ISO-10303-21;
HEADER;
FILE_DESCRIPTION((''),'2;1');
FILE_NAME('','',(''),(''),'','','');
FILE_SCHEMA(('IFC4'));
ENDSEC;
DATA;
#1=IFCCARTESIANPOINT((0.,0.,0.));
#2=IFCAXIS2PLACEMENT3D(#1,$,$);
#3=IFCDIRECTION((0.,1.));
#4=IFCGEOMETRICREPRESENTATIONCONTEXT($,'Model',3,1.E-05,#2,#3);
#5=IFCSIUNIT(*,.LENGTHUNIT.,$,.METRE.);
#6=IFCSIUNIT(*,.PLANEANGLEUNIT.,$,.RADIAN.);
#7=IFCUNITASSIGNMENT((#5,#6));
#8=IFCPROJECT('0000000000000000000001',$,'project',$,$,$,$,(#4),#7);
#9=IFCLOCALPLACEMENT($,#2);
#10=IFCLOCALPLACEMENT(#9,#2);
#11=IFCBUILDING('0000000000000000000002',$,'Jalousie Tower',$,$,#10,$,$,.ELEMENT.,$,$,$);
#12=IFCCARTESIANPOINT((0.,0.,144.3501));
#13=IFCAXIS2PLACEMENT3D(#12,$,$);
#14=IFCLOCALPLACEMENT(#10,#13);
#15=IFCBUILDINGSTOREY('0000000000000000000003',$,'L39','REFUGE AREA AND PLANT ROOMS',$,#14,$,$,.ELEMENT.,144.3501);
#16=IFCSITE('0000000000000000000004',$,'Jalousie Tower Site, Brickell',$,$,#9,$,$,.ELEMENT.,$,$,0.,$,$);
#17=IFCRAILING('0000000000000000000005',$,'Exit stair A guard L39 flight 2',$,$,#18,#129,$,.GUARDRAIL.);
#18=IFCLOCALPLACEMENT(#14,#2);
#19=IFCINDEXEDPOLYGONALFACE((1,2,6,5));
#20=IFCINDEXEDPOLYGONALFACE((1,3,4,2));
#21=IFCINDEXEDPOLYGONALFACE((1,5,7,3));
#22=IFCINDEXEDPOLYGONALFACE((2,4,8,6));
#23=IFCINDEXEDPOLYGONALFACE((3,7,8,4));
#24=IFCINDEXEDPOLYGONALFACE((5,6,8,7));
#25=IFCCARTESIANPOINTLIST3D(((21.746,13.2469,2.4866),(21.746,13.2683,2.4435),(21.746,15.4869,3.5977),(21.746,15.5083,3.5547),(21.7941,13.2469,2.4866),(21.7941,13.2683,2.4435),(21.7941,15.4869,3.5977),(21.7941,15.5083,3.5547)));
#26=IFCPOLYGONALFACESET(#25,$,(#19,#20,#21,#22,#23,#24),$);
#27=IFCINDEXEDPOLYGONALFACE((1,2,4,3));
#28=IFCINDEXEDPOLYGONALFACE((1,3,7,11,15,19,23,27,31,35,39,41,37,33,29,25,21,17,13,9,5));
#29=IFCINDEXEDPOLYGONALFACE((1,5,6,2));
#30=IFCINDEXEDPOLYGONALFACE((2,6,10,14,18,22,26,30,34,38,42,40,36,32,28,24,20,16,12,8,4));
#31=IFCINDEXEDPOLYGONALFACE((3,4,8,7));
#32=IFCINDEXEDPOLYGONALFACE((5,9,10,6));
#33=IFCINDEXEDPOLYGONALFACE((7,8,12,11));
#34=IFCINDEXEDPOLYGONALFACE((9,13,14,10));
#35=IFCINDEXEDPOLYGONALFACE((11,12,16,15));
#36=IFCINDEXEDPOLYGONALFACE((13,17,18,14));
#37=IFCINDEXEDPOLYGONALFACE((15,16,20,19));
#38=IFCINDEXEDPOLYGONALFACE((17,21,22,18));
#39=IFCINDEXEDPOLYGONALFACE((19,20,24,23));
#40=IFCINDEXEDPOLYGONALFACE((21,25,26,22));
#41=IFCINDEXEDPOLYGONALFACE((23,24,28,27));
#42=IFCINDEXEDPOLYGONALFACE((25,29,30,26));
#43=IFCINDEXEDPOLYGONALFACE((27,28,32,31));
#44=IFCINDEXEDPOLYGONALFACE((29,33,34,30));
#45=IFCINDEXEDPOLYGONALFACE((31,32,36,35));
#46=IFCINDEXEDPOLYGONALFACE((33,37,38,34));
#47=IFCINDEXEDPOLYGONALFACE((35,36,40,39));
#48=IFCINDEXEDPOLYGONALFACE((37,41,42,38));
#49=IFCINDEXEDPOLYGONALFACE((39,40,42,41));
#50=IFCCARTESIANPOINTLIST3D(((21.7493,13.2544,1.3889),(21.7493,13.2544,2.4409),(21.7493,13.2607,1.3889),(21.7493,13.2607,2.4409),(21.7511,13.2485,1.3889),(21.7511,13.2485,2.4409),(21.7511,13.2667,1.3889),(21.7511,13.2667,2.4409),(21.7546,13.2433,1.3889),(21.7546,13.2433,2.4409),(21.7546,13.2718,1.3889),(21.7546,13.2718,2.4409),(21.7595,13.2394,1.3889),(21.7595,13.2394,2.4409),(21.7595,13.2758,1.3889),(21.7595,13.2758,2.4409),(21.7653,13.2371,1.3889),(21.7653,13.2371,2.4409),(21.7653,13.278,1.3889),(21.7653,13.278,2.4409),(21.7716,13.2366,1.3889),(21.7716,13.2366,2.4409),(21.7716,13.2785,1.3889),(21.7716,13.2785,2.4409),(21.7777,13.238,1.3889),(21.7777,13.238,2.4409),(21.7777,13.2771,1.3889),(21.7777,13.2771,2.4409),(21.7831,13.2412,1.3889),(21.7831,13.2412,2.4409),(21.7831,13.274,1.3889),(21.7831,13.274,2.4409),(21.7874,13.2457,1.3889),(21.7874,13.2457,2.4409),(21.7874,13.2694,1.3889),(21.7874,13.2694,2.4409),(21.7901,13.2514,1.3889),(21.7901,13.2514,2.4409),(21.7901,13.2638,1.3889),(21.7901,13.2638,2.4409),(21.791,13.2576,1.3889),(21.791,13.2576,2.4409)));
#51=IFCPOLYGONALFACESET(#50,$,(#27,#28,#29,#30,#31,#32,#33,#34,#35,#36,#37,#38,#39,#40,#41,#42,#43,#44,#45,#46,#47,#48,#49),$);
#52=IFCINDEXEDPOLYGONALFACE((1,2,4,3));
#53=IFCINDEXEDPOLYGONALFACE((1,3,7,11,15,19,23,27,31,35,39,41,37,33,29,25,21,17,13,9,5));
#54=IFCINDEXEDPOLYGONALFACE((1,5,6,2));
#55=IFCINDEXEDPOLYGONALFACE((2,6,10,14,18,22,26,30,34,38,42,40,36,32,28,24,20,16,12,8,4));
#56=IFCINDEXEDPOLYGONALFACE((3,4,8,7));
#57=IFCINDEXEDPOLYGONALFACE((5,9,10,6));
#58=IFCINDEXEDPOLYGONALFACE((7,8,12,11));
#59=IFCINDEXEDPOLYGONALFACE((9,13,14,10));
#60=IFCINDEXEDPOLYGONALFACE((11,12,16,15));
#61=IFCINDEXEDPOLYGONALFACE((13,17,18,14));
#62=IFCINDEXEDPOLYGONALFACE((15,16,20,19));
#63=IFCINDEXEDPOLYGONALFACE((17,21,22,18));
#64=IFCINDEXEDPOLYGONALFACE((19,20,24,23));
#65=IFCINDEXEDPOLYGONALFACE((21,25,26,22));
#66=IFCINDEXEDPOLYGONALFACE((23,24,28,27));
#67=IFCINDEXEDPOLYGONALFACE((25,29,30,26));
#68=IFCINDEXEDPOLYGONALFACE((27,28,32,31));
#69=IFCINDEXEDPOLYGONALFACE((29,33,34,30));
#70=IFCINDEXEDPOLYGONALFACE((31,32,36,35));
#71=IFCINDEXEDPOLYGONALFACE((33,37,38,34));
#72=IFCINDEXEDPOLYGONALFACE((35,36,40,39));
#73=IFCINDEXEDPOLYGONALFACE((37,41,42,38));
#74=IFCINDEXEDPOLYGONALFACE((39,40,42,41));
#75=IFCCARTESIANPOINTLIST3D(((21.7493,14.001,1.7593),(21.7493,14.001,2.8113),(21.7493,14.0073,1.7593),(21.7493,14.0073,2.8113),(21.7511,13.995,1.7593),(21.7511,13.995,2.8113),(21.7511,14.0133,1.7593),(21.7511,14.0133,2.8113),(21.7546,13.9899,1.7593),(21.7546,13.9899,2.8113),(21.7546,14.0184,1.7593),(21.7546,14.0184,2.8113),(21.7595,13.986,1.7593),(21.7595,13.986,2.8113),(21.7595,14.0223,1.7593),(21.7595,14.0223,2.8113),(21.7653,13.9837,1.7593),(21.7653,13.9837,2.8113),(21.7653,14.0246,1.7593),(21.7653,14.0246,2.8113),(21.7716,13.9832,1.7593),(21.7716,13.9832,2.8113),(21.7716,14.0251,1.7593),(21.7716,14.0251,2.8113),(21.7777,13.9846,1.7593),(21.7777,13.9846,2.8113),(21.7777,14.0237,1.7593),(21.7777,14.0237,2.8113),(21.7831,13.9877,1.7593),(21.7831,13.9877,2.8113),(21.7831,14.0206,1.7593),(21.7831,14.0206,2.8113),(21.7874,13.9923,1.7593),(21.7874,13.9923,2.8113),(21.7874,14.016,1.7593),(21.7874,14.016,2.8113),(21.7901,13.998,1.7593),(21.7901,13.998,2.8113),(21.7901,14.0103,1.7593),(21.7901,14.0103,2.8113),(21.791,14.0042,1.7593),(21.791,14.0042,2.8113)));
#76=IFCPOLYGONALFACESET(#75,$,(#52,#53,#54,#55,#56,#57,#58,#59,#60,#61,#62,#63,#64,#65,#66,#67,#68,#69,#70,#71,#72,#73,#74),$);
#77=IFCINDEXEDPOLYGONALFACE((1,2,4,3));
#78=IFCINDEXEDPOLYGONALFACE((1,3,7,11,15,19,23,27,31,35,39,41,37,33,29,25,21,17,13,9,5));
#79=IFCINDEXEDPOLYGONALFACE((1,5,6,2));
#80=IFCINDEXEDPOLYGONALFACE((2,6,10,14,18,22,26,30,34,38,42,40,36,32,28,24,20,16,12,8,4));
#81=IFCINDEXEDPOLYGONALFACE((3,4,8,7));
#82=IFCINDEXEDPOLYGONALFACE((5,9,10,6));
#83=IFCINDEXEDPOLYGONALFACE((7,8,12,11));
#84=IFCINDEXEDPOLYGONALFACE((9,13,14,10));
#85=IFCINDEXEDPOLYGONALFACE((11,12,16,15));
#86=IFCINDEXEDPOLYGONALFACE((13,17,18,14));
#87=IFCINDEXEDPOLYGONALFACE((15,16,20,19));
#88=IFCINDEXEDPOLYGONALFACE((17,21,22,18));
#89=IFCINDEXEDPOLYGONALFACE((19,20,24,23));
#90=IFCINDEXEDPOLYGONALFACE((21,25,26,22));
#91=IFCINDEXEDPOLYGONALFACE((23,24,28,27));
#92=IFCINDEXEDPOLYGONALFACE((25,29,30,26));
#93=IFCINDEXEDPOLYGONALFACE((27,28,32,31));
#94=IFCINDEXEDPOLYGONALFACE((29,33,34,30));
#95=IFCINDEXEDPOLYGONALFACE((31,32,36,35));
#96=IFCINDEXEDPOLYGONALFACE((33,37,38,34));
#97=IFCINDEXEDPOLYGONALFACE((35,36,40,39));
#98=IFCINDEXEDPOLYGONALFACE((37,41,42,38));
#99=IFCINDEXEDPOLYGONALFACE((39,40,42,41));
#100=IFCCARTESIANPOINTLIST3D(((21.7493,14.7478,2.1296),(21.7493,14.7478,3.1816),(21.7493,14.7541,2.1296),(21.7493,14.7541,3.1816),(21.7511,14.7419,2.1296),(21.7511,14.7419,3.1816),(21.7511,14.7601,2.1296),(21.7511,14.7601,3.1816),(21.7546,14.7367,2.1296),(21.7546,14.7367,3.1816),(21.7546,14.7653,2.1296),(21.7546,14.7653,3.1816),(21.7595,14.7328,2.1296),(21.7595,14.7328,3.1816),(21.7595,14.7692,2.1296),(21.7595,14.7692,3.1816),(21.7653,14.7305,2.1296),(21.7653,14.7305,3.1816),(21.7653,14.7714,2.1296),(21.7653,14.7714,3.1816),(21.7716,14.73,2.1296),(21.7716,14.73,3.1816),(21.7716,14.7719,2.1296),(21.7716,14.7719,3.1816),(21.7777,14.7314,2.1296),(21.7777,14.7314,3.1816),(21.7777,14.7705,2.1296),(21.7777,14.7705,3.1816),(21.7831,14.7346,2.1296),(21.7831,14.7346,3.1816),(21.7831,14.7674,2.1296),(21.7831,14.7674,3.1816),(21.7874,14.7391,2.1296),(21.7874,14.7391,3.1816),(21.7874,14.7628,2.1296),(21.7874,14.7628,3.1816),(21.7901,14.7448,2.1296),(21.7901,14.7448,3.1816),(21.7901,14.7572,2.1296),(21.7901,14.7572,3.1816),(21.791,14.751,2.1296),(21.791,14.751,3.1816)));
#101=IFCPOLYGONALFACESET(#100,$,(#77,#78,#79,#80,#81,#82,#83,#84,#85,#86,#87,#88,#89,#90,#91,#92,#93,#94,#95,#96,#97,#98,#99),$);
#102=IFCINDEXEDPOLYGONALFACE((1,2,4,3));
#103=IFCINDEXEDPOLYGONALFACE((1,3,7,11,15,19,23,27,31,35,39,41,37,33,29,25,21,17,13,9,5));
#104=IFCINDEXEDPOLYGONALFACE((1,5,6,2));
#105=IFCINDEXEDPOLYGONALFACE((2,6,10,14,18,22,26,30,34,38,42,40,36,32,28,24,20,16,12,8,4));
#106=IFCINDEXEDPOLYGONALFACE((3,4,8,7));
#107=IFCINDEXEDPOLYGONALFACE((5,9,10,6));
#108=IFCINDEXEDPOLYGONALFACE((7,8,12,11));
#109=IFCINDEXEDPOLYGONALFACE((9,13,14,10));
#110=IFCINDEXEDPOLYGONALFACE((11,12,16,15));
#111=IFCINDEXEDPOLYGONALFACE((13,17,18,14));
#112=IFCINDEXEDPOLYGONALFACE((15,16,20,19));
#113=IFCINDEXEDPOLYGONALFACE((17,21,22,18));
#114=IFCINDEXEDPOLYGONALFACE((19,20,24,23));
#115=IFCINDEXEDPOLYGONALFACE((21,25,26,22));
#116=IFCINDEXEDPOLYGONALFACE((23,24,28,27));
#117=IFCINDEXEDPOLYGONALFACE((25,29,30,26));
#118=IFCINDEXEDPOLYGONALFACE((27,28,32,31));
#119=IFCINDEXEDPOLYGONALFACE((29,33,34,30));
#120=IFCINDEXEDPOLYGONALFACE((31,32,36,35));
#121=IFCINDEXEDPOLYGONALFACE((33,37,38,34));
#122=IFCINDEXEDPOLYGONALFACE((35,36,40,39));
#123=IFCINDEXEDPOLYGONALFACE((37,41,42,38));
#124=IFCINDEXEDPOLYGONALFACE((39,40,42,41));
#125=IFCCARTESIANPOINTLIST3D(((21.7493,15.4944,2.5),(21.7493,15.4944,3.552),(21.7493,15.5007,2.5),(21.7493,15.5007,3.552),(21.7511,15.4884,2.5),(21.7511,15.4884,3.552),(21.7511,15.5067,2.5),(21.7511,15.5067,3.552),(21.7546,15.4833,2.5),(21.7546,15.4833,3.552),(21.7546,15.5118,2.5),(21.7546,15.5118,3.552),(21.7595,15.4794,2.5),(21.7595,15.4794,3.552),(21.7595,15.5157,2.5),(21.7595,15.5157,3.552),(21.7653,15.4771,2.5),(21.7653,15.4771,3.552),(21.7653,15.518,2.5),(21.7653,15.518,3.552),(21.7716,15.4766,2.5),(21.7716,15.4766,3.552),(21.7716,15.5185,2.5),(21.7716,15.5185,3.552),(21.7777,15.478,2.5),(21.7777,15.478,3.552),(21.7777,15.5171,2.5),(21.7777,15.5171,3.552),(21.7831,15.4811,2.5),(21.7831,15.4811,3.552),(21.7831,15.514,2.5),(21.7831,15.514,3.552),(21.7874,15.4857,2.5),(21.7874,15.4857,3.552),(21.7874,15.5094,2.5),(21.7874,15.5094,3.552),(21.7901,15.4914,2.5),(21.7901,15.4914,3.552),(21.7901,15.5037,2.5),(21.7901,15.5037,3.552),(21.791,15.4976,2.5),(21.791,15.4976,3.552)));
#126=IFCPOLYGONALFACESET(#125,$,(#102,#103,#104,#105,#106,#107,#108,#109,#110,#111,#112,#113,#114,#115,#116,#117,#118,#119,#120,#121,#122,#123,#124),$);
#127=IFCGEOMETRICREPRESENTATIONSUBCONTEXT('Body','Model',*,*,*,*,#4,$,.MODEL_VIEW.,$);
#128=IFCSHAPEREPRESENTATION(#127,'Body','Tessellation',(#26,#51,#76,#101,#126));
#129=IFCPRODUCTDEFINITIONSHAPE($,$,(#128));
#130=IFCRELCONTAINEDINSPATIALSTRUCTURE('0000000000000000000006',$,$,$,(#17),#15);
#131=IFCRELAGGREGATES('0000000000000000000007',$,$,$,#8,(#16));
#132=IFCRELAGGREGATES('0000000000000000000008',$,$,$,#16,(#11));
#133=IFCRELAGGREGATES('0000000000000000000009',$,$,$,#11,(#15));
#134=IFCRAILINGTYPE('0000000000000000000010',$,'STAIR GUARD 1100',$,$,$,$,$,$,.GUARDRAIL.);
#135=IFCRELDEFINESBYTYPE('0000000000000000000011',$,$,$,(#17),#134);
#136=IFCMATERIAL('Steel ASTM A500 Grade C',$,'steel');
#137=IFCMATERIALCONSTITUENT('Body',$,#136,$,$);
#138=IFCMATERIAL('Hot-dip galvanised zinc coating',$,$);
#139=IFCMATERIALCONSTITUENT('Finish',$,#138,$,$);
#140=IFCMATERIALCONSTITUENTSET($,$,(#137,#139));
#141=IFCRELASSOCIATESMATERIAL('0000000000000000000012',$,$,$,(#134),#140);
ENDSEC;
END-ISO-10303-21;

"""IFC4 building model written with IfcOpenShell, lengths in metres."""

from ifc_helpers import new_model, si_unit, direction, frame, origin, origin_2d, place, context, subcontext, project, spatial, rectangle, circle, extrude, material, constituent, constituent_set, type_object, element, save


model = new_model("IFC4")

# Units and contexts
model_context = context("Model", 3, precision=1e-05, world=origin(), true_north=direction((0.0, 1.0)))
body_context = subcontext(model_context, "Body", "Model", "MODEL_VIEW")
ifc_project = project(units=[si_unit("LENGTHUNIT", "METRE"), si_unit("PLANEANGLEUNIT", "RADIAN")], contexts=[model_context])

# Site, building, storey
site_placement = place(None, origin())
site = spatial("IfcSite", under=ifc_project, at=site_placement, Name="Jalousie Tower Site, Brickell", CompositionType="ELEMENT", RefElevation=0.0)
building_placement = place(site_placement, origin())
building = spatial("IfcBuilding", under=site, at=building_placement, Name="Jalousie Tower", CompositionType="ELEMENT")
storey_placement = place(building_placement, frame((0.0, 0.0, 144.3501)))
storey = spatial("IfcBuildingStorey", under=building, at=storey_placement, Name="L39", Description="REFUGE AREA AND PLANT ROOMS", CompositionType="ELEMENT", Elevation=144.3501)

# Railing
ifc_material_1 = material(Name="Steel ASTM A500 Grade C", Category="steel")
ifc_constituent_1 = constituent(ifc_material_1, Name="Body")
ifc_material_2 = material(Name="Hot-dip galvanised zinc coating")
ifc_constituent_2 = constituent(ifc_material_2, Name="Finish")
ifc_constituent_set_1 = constituent_set(constituents=[ifc_constituent_1, ifc_constituent_2])
railing_type_1 = type_object("IfcRailingType", Name="STAIR GUARD 1100", PredefinedType="GUARDRAIL", material=ifc_constituent_set_1)
railing_1_placement = place(storey_placement, frame((21.77, 13.2576, 1.3889)))
element("IfcRailing", 1, at=railing_1_placement, inside=storey, type_object=railing_type_1, Name="Exit stair A guard L39 flight 2", PredefinedType="GUARDRAIL", context=body_context, shape_type="SweptSolid", body=[
    extrude(rectangle(XDim=0.0481, YDim=0.0481, at=origin_2d()), frame((0.0, 0.0, 1.0762), z_axis=(0.0, 0.895848, 0.44436), x_axis=(-1.0, 0.0, 0.0)), (0.0, 0.0, 1.0), 2.5005),
    extrude(circle(Radius=0.021, at=origin_2d()), origin(), (0.0, 0.0, 1.0), 1.052),
    extrude(circle(Radius=0.021, at=origin_2d()), frame((0.0, 0.7466, 0.3704)), (0.0, 0.0, 1.0), 1.052),
    extrude(circle(Radius=0.021, at=origin_2d()), frame((0.0, 1.4934, 0.7407)), (0.0, 0.0, 1.0), 1.052),
    extrude(circle(Radius=0.021, at=origin_2d()), frame((0.0, 2.24, 1.1111)), (0.0, 0.0, 1.0), 1.052),
])

save(model, "model.ifc")
